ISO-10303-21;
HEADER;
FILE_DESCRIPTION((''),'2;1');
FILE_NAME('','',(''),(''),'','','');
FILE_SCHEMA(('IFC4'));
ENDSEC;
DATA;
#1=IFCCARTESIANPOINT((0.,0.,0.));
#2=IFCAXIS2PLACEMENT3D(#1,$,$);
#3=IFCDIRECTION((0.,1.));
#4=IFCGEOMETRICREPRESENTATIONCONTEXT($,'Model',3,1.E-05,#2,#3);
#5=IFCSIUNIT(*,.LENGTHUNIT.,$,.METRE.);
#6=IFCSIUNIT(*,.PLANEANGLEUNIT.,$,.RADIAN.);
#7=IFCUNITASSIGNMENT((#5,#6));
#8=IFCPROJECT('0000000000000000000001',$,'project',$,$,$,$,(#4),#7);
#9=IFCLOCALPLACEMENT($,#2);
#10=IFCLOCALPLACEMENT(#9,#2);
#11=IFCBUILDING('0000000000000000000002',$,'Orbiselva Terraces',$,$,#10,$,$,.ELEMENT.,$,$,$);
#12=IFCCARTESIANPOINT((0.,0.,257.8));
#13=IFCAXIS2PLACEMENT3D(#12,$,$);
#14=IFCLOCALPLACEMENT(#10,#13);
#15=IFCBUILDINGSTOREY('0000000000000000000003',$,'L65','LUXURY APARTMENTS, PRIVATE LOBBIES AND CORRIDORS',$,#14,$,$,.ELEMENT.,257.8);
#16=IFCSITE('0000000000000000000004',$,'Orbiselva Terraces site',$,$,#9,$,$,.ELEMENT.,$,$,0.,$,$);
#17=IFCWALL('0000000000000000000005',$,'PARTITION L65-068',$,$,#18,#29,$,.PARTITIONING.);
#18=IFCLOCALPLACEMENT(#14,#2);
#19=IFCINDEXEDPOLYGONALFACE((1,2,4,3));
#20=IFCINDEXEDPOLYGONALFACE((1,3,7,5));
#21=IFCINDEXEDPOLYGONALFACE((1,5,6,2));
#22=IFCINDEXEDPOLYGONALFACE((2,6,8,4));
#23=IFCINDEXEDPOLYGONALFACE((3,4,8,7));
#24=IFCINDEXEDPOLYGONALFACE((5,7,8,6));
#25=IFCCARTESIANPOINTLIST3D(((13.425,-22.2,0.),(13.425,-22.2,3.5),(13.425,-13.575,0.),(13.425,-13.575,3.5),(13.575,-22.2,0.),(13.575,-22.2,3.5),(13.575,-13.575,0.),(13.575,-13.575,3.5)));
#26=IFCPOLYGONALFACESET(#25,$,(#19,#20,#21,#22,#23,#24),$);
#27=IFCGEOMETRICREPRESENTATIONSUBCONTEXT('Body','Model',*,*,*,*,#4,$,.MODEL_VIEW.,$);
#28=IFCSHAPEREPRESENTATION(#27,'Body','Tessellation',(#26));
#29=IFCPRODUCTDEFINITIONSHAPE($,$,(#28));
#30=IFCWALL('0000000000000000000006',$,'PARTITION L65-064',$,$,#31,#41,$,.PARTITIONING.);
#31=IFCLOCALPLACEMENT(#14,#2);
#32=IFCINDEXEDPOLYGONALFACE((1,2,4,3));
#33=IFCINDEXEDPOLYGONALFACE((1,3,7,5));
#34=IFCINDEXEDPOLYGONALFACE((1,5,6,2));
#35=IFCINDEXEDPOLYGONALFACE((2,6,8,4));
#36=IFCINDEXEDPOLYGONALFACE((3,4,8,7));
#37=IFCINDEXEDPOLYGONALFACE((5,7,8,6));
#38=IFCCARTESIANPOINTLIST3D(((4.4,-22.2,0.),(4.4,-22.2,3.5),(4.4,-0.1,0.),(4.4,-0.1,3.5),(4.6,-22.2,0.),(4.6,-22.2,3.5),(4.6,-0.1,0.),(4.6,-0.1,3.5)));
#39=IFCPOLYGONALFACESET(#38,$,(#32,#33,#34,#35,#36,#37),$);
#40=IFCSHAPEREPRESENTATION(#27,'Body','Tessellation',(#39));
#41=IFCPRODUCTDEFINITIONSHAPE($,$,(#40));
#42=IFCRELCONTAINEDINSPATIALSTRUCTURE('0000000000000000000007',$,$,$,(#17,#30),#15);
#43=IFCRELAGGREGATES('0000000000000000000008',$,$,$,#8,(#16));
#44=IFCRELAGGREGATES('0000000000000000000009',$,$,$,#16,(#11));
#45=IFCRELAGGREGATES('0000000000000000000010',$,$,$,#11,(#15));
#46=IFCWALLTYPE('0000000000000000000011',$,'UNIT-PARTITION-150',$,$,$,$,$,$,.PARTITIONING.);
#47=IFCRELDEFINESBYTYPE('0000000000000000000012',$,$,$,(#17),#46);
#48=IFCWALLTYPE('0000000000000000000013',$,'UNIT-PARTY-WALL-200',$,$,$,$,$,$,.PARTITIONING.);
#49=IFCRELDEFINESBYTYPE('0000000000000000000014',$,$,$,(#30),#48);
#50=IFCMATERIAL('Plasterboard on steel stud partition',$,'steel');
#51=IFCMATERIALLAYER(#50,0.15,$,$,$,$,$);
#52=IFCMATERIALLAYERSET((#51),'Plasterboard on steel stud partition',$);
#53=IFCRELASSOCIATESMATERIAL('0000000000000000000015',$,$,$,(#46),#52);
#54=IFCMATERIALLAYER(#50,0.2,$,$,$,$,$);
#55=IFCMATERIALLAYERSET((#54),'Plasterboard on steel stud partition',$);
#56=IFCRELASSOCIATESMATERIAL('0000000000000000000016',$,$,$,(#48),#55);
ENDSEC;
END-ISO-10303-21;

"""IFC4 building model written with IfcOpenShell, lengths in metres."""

from ifc_helpers import new_model, si_unit, direction, frame, frame_2d, origin, place, context, subcontext, project, spatial, rectangle, extrude, material, layer, layer_set, type_object, element, save


model = new_model("IFC4")

# Units and contexts
model_context = context("Model", 3, precision=1e-05, world=origin(), true_north=direction((0.0, 1.0)))
body_context = subcontext(model_context, "Body", "Model", "MODEL_VIEW")
ifc_project = project(units=[si_unit("LENGTHUNIT", "METRE"), si_unit("PLANEANGLEUNIT", "RADIAN")], contexts=[model_context])

# Site, building, storey
site_placement = place(None, origin())
site = spatial("IfcSite", under=ifc_project, at=site_placement, Name="Orbiselva Terraces site", CompositionType="ELEMENT", RefElevation=0.0)
building_placement = place(site_placement, origin())
building = spatial("IfcBuilding", under=site, at=building_placement, Name="Orbiselva Terraces", CompositionType="ELEMENT")
storey_placement = place(building_placement, frame((0.0, 0.0, 257.8)))
storey = spatial("IfcBuildingStorey", under=building, at=storey_placement, Name="L65", Description="LUXURY APARTMENTS, PRIVATE LOBBIES AND CORRIDORS", CompositionType="ELEMENT", Elevation=257.8)

# Shared definitions
ifc_material_1 = material(Name="Plasterboard on steel stud partition", Category="steel")
ifc_layer_1 = layer(ifc_material_1, 0.15)
ifc_layer_set_1 = layer_set([ifc_layer_1], Name="Plasterboard on steel stud partition")
wall_type_1 = type_object("IfcWallType", Name="UNIT-PARTITION-150", PredefinedType="PARTITIONING", material=ifc_layer_set_1)

# Walls
wall_1_placement = place(storey_placement, frame((13.5, -22.2, 0.0), z_axis=(0.0, 0.0, 1.0), x_axis=(0.0, 1.0, 0.0)))
element("IfcWall", 1, at=wall_1_placement, inside=storey, type_object=wall_type_1, Name="PARTITION L65-068", PredefinedType="PARTITIONING", context=body_context, shape_type="SweptSolid", body=[
    extrude(rectangle(XDim=8.625, YDim=0.15, at=frame_2d((4.3125, 0.0))), origin(), (0.0, 0.0, 1.0), 3.5),
])
ifc_layer_2 = layer(ifc_material_1, 0.2)
ifc_layer_set_2 = layer_set([ifc_layer_2], Name="Plasterboard on steel stud partition")
wall_type_2 = type_object("IfcWallType", Name="UNIT-PARTY-WALL-200", PredefinedType="PARTITIONING", material=ifc_layer_set_2)
wall_2_placement = place(storey_placement, frame((4.5, -22.2, 0.0), z_axis=(0.0, 0.0, 1.0), x_axis=(0.0, 1.0, 0.0)))
element("IfcWall", 2, at=wall_2_placement, inside=storey, type_object=wall_type_2, Name="PARTITION L65-064", PredefinedType="PARTITIONING", context=body_context, shape_type="SweptSolid", body=[
    extrude(rectangle(XDim=22.1, YDim=0.2, at=frame_2d((11.05, 0.0))), origin(), (0.0, 0.0, 1.0), 3.5),
])

save(model, "model.ifc")
